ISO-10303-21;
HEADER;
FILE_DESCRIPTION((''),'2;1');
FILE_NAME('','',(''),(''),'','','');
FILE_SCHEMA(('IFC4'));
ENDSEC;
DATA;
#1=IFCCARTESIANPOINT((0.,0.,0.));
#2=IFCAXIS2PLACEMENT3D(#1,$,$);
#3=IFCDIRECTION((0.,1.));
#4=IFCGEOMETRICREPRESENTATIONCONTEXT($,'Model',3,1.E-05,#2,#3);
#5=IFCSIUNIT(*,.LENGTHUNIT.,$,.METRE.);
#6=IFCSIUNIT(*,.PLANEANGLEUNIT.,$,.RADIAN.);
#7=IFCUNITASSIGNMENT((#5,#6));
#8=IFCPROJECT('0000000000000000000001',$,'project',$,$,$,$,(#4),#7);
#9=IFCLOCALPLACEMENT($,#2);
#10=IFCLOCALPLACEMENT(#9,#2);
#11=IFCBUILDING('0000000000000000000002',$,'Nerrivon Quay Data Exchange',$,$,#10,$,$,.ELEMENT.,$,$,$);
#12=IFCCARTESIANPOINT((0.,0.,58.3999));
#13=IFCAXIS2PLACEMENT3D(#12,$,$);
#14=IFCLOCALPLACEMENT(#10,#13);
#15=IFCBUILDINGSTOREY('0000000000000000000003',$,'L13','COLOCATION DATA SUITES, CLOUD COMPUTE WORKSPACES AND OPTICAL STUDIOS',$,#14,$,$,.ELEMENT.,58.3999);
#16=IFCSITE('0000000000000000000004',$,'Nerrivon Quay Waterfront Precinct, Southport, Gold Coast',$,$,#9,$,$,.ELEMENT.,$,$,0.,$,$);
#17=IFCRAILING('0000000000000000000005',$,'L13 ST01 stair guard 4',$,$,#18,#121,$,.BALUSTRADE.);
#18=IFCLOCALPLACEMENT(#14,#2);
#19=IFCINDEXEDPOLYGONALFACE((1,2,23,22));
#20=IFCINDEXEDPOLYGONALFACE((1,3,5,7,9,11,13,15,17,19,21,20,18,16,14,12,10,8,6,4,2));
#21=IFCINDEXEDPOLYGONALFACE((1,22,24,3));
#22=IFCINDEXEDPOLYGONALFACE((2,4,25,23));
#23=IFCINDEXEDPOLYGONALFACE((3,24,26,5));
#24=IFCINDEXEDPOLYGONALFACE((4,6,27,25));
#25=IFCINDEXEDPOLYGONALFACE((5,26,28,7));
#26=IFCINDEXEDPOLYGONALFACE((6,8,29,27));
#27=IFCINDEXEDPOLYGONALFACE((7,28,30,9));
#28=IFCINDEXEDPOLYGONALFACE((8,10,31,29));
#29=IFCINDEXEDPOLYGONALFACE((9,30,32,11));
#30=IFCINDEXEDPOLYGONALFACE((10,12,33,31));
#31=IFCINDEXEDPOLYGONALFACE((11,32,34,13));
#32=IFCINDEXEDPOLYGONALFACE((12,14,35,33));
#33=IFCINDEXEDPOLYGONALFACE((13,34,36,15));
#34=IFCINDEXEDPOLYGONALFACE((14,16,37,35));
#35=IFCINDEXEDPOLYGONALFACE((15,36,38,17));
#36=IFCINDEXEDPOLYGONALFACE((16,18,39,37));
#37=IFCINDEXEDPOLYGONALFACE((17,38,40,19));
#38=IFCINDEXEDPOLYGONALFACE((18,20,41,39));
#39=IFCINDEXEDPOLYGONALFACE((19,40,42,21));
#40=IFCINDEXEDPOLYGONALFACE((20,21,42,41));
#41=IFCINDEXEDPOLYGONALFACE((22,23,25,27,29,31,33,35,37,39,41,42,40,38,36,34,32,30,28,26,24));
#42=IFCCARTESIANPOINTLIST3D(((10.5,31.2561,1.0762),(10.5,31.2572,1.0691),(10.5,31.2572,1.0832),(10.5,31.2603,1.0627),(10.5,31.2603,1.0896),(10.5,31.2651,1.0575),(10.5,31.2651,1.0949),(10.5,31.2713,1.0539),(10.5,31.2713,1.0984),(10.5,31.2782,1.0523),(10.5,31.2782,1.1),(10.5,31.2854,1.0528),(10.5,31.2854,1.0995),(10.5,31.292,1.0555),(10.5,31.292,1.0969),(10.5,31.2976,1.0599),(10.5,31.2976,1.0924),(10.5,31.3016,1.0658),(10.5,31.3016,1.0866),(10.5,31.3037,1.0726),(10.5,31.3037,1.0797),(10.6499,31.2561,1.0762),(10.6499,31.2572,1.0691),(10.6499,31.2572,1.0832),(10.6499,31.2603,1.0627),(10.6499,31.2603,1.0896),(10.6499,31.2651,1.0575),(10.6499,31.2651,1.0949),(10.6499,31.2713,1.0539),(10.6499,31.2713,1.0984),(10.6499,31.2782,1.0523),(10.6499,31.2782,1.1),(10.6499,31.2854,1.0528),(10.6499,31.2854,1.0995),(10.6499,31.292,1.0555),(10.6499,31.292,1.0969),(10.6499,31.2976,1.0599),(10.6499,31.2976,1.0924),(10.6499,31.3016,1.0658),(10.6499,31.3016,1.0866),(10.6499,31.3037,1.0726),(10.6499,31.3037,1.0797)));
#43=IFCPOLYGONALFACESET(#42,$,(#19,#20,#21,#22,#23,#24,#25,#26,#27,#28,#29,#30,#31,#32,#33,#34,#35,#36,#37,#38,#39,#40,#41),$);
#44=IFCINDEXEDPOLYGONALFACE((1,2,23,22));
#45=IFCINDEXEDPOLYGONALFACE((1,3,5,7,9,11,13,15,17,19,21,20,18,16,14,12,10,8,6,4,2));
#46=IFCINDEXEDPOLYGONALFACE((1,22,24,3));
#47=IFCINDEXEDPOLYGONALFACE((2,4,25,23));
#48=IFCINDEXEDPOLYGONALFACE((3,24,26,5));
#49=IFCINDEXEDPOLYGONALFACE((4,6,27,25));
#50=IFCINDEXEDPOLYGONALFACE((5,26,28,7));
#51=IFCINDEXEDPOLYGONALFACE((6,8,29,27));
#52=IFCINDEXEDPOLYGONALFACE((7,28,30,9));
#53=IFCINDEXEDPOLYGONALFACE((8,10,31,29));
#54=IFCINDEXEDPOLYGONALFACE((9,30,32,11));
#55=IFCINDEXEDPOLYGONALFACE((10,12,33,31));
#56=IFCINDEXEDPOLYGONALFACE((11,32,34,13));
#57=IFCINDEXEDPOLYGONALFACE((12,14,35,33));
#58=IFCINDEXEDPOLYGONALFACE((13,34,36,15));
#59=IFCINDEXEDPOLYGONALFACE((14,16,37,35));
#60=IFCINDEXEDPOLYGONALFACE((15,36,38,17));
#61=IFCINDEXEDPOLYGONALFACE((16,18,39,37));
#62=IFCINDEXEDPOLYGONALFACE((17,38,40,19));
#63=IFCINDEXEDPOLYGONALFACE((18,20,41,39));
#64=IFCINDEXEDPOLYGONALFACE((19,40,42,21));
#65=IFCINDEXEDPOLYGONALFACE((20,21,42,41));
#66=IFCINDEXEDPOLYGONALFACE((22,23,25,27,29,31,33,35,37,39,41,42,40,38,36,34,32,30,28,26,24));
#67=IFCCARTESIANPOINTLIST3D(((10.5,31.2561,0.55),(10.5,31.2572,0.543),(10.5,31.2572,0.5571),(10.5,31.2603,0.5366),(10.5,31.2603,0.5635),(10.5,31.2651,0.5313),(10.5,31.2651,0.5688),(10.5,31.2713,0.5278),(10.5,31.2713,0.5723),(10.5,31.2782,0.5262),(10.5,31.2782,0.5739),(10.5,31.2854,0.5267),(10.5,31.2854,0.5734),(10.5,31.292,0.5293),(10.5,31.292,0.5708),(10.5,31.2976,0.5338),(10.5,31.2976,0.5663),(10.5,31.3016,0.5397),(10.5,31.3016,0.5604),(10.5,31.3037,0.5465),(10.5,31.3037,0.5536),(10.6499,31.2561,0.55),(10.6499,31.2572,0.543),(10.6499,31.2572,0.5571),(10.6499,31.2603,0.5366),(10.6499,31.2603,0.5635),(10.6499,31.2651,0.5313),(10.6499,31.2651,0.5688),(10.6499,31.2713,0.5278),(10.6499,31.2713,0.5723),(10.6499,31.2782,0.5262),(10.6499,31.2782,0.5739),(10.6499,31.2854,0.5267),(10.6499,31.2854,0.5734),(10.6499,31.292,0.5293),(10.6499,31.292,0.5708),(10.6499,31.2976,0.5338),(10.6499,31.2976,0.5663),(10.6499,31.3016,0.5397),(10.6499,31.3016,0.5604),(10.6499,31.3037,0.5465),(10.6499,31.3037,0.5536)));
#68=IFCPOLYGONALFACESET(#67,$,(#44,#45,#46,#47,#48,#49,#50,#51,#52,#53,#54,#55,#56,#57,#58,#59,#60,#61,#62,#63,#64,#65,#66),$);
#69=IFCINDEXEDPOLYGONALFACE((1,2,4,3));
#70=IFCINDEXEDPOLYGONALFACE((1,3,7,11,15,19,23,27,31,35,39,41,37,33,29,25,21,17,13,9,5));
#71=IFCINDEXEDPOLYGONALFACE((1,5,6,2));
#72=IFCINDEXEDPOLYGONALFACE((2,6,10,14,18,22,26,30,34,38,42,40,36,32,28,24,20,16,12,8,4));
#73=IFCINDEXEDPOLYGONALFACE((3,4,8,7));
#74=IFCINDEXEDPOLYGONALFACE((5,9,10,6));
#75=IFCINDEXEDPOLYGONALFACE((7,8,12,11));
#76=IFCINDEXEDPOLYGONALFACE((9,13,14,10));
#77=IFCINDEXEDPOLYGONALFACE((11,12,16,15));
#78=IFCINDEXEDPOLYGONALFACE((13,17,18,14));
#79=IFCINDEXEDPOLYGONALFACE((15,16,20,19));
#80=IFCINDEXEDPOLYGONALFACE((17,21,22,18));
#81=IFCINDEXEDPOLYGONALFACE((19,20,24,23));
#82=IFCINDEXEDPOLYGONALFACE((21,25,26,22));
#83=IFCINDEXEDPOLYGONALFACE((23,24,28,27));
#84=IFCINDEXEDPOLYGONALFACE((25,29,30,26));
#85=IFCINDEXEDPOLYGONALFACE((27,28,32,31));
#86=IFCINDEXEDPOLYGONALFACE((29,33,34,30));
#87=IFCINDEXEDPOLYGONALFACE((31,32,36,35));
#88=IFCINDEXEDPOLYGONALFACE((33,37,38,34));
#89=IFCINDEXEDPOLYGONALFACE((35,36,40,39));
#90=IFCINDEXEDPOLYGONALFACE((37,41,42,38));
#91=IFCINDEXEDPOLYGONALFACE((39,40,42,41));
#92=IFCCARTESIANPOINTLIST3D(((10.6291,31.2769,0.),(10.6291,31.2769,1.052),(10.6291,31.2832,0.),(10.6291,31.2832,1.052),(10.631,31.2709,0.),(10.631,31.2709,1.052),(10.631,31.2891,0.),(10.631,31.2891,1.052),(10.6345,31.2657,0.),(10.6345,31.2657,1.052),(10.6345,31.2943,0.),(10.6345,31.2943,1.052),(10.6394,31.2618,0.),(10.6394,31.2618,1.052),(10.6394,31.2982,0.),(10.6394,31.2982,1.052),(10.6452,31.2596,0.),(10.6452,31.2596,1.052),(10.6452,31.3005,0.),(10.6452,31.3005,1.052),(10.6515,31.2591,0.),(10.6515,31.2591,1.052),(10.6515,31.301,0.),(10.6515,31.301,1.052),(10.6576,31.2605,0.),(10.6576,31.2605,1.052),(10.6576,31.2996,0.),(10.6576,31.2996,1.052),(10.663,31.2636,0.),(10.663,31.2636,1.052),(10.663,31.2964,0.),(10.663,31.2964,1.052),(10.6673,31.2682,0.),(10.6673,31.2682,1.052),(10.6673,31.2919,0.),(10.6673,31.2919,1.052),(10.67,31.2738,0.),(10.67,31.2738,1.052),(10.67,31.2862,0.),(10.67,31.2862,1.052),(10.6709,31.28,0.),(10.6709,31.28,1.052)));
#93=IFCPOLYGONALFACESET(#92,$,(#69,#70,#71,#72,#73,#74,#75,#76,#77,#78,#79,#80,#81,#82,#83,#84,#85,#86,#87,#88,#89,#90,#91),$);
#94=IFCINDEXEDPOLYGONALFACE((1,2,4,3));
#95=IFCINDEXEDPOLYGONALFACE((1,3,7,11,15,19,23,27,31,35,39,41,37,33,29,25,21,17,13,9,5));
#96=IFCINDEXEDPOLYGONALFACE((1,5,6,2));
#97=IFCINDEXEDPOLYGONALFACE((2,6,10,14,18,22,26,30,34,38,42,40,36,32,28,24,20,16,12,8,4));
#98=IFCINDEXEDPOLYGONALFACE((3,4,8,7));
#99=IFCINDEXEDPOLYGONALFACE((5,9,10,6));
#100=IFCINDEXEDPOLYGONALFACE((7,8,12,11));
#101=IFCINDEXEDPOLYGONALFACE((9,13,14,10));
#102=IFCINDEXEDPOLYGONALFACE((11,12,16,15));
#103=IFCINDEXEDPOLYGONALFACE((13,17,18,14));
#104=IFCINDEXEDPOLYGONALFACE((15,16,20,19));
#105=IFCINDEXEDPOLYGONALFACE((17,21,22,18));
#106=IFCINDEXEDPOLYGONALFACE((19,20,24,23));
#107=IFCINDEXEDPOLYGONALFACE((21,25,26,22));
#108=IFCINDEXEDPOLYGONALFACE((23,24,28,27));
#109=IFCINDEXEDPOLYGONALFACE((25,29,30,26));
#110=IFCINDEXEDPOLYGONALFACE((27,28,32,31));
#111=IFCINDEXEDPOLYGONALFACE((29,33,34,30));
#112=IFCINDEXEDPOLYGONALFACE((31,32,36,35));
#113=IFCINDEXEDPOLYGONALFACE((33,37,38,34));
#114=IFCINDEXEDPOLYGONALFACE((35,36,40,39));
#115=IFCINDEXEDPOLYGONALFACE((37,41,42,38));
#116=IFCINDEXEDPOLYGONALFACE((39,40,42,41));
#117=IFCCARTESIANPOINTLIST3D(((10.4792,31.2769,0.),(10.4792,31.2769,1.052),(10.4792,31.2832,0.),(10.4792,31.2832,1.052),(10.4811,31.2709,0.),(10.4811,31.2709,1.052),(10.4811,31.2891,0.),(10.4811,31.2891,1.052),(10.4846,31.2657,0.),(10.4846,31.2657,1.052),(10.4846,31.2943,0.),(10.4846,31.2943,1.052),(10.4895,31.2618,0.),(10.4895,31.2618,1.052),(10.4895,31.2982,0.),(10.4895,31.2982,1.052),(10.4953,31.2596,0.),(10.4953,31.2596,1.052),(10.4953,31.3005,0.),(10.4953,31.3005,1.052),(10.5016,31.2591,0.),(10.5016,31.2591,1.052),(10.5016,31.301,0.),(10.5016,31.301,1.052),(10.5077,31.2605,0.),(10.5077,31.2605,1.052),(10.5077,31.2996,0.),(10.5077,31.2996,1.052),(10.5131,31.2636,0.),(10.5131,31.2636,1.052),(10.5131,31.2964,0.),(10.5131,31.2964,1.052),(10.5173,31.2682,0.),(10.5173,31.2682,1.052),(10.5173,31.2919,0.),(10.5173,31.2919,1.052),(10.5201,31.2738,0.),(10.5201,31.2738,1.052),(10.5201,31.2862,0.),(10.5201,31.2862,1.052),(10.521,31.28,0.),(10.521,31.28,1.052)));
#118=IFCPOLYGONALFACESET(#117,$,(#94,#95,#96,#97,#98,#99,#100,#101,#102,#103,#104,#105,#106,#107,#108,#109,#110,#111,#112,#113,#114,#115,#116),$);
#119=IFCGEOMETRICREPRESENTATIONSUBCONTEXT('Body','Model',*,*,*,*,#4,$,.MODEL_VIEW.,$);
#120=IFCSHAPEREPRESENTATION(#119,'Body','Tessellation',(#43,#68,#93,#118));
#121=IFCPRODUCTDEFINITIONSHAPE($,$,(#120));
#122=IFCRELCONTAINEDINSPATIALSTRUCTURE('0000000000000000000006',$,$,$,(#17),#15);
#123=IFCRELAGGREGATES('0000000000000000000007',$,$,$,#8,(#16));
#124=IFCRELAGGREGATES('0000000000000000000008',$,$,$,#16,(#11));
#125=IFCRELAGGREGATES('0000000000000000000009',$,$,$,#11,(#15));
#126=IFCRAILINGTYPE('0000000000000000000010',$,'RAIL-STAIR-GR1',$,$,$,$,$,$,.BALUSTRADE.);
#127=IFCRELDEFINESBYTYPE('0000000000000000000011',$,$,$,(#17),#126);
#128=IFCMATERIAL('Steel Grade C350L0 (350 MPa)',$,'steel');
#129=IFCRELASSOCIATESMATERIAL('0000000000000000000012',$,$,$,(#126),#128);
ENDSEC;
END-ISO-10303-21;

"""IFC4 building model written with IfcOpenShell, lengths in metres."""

from ifc_helpers import new_model, si_unit, direction, frame, origin, origin_2d, place, context, subcontext, project, spatial, circle, extrude, material, type_object, element, save


model = new_model("IFC4")

# Units and contexts
model_context = context("Model", 3, precision=1e-05, world=origin(), true_north=direction((0.0, 1.0)))
body_context = subcontext(model_context, "Body", "Model", "MODEL_VIEW")
ifc_project = project(units=[si_unit("LENGTHUNIT", "METRE"), si_unit("PLANEANGLEUNIT", "RADIAN")], contexts=[model_context])

# Site, building, storey
site_placement = place(None, origin())
site = spatial("IfcSite", under=ifc_project, at=site_placement, Name="Nerrivon Quay Waterfront Precinct, Southport, Gold Coast", CompositionType="ELEMENT", RefElevation=0.0)
building_placement = place(site_placement, origin())
building = spatial("IfcBuilding", under=site, at=building_placement, Name="Nerrivon Quay Data Exchange", CompositionType="ELEMENT")
storey_placement = place(building_placement, frame((0.0, 0.0, 58.3999)))
storey = spatial("IfcBuildingStorey", under=building, at=storey_placement, Name="L13", Description="COLOCATION DATA SUITES, CLOUD COMPUTE WORKSPACES AND OPTICAL STUDIOS", CompositionType="ELEMENT", Elevation=58.3999)

# Railing
ifc_material_1 = material(Name="Steel Grade C350L0 (350 MPa)", Category="steel")
railing_type_1 = type_object("IfcRailingType", Name="RAIL-STAIR-GR1", PredefinedType="BALUSTRADE", material=ifc_material_1)
railing_1_placement = place(storey_placement, frame((10.6499, 31.28, 0.0)))
element("IfcRailing", 1, at=railing_1_placement, inside=storey, type_object=railing_type_1, Name="L13 ST01 stair guard 4", PredefinedType="BALUSTRADE", context=body_context, shape_type="SweptSolid", body=[
    extrude(circle(Radius=0.0239, at=origin_2d()), frame((0.0, 0.0, 1.0762), z_axis=(-1.0, 0.0, 0.0), x_axis=(0.0, -1.0, 0.0)), (0.0, 0.0, 1.0), 0.1499),
    extrude(circle(Radius=0.0239, at=origin_2d()), frame((0.0, 0.0, 0.55), z_axis=(-1.0, 0.0, 0.0), x_axis=(0.0, -1.0, 0.0)), (0.0, 0.0, 1.0), 0.1499),
    extrude(circle(Radius=0.021, at=origin_2d()), origin(), (0.0, 0.0, 1.0), 1.052),
    extrude(circle(Radius=0.021, at=origin_2d()), frame((-0.1499, 0.0, 0.0)), (0.0, 0.0, 1.0), 1.052),
])

save(model, "model.ifc")
